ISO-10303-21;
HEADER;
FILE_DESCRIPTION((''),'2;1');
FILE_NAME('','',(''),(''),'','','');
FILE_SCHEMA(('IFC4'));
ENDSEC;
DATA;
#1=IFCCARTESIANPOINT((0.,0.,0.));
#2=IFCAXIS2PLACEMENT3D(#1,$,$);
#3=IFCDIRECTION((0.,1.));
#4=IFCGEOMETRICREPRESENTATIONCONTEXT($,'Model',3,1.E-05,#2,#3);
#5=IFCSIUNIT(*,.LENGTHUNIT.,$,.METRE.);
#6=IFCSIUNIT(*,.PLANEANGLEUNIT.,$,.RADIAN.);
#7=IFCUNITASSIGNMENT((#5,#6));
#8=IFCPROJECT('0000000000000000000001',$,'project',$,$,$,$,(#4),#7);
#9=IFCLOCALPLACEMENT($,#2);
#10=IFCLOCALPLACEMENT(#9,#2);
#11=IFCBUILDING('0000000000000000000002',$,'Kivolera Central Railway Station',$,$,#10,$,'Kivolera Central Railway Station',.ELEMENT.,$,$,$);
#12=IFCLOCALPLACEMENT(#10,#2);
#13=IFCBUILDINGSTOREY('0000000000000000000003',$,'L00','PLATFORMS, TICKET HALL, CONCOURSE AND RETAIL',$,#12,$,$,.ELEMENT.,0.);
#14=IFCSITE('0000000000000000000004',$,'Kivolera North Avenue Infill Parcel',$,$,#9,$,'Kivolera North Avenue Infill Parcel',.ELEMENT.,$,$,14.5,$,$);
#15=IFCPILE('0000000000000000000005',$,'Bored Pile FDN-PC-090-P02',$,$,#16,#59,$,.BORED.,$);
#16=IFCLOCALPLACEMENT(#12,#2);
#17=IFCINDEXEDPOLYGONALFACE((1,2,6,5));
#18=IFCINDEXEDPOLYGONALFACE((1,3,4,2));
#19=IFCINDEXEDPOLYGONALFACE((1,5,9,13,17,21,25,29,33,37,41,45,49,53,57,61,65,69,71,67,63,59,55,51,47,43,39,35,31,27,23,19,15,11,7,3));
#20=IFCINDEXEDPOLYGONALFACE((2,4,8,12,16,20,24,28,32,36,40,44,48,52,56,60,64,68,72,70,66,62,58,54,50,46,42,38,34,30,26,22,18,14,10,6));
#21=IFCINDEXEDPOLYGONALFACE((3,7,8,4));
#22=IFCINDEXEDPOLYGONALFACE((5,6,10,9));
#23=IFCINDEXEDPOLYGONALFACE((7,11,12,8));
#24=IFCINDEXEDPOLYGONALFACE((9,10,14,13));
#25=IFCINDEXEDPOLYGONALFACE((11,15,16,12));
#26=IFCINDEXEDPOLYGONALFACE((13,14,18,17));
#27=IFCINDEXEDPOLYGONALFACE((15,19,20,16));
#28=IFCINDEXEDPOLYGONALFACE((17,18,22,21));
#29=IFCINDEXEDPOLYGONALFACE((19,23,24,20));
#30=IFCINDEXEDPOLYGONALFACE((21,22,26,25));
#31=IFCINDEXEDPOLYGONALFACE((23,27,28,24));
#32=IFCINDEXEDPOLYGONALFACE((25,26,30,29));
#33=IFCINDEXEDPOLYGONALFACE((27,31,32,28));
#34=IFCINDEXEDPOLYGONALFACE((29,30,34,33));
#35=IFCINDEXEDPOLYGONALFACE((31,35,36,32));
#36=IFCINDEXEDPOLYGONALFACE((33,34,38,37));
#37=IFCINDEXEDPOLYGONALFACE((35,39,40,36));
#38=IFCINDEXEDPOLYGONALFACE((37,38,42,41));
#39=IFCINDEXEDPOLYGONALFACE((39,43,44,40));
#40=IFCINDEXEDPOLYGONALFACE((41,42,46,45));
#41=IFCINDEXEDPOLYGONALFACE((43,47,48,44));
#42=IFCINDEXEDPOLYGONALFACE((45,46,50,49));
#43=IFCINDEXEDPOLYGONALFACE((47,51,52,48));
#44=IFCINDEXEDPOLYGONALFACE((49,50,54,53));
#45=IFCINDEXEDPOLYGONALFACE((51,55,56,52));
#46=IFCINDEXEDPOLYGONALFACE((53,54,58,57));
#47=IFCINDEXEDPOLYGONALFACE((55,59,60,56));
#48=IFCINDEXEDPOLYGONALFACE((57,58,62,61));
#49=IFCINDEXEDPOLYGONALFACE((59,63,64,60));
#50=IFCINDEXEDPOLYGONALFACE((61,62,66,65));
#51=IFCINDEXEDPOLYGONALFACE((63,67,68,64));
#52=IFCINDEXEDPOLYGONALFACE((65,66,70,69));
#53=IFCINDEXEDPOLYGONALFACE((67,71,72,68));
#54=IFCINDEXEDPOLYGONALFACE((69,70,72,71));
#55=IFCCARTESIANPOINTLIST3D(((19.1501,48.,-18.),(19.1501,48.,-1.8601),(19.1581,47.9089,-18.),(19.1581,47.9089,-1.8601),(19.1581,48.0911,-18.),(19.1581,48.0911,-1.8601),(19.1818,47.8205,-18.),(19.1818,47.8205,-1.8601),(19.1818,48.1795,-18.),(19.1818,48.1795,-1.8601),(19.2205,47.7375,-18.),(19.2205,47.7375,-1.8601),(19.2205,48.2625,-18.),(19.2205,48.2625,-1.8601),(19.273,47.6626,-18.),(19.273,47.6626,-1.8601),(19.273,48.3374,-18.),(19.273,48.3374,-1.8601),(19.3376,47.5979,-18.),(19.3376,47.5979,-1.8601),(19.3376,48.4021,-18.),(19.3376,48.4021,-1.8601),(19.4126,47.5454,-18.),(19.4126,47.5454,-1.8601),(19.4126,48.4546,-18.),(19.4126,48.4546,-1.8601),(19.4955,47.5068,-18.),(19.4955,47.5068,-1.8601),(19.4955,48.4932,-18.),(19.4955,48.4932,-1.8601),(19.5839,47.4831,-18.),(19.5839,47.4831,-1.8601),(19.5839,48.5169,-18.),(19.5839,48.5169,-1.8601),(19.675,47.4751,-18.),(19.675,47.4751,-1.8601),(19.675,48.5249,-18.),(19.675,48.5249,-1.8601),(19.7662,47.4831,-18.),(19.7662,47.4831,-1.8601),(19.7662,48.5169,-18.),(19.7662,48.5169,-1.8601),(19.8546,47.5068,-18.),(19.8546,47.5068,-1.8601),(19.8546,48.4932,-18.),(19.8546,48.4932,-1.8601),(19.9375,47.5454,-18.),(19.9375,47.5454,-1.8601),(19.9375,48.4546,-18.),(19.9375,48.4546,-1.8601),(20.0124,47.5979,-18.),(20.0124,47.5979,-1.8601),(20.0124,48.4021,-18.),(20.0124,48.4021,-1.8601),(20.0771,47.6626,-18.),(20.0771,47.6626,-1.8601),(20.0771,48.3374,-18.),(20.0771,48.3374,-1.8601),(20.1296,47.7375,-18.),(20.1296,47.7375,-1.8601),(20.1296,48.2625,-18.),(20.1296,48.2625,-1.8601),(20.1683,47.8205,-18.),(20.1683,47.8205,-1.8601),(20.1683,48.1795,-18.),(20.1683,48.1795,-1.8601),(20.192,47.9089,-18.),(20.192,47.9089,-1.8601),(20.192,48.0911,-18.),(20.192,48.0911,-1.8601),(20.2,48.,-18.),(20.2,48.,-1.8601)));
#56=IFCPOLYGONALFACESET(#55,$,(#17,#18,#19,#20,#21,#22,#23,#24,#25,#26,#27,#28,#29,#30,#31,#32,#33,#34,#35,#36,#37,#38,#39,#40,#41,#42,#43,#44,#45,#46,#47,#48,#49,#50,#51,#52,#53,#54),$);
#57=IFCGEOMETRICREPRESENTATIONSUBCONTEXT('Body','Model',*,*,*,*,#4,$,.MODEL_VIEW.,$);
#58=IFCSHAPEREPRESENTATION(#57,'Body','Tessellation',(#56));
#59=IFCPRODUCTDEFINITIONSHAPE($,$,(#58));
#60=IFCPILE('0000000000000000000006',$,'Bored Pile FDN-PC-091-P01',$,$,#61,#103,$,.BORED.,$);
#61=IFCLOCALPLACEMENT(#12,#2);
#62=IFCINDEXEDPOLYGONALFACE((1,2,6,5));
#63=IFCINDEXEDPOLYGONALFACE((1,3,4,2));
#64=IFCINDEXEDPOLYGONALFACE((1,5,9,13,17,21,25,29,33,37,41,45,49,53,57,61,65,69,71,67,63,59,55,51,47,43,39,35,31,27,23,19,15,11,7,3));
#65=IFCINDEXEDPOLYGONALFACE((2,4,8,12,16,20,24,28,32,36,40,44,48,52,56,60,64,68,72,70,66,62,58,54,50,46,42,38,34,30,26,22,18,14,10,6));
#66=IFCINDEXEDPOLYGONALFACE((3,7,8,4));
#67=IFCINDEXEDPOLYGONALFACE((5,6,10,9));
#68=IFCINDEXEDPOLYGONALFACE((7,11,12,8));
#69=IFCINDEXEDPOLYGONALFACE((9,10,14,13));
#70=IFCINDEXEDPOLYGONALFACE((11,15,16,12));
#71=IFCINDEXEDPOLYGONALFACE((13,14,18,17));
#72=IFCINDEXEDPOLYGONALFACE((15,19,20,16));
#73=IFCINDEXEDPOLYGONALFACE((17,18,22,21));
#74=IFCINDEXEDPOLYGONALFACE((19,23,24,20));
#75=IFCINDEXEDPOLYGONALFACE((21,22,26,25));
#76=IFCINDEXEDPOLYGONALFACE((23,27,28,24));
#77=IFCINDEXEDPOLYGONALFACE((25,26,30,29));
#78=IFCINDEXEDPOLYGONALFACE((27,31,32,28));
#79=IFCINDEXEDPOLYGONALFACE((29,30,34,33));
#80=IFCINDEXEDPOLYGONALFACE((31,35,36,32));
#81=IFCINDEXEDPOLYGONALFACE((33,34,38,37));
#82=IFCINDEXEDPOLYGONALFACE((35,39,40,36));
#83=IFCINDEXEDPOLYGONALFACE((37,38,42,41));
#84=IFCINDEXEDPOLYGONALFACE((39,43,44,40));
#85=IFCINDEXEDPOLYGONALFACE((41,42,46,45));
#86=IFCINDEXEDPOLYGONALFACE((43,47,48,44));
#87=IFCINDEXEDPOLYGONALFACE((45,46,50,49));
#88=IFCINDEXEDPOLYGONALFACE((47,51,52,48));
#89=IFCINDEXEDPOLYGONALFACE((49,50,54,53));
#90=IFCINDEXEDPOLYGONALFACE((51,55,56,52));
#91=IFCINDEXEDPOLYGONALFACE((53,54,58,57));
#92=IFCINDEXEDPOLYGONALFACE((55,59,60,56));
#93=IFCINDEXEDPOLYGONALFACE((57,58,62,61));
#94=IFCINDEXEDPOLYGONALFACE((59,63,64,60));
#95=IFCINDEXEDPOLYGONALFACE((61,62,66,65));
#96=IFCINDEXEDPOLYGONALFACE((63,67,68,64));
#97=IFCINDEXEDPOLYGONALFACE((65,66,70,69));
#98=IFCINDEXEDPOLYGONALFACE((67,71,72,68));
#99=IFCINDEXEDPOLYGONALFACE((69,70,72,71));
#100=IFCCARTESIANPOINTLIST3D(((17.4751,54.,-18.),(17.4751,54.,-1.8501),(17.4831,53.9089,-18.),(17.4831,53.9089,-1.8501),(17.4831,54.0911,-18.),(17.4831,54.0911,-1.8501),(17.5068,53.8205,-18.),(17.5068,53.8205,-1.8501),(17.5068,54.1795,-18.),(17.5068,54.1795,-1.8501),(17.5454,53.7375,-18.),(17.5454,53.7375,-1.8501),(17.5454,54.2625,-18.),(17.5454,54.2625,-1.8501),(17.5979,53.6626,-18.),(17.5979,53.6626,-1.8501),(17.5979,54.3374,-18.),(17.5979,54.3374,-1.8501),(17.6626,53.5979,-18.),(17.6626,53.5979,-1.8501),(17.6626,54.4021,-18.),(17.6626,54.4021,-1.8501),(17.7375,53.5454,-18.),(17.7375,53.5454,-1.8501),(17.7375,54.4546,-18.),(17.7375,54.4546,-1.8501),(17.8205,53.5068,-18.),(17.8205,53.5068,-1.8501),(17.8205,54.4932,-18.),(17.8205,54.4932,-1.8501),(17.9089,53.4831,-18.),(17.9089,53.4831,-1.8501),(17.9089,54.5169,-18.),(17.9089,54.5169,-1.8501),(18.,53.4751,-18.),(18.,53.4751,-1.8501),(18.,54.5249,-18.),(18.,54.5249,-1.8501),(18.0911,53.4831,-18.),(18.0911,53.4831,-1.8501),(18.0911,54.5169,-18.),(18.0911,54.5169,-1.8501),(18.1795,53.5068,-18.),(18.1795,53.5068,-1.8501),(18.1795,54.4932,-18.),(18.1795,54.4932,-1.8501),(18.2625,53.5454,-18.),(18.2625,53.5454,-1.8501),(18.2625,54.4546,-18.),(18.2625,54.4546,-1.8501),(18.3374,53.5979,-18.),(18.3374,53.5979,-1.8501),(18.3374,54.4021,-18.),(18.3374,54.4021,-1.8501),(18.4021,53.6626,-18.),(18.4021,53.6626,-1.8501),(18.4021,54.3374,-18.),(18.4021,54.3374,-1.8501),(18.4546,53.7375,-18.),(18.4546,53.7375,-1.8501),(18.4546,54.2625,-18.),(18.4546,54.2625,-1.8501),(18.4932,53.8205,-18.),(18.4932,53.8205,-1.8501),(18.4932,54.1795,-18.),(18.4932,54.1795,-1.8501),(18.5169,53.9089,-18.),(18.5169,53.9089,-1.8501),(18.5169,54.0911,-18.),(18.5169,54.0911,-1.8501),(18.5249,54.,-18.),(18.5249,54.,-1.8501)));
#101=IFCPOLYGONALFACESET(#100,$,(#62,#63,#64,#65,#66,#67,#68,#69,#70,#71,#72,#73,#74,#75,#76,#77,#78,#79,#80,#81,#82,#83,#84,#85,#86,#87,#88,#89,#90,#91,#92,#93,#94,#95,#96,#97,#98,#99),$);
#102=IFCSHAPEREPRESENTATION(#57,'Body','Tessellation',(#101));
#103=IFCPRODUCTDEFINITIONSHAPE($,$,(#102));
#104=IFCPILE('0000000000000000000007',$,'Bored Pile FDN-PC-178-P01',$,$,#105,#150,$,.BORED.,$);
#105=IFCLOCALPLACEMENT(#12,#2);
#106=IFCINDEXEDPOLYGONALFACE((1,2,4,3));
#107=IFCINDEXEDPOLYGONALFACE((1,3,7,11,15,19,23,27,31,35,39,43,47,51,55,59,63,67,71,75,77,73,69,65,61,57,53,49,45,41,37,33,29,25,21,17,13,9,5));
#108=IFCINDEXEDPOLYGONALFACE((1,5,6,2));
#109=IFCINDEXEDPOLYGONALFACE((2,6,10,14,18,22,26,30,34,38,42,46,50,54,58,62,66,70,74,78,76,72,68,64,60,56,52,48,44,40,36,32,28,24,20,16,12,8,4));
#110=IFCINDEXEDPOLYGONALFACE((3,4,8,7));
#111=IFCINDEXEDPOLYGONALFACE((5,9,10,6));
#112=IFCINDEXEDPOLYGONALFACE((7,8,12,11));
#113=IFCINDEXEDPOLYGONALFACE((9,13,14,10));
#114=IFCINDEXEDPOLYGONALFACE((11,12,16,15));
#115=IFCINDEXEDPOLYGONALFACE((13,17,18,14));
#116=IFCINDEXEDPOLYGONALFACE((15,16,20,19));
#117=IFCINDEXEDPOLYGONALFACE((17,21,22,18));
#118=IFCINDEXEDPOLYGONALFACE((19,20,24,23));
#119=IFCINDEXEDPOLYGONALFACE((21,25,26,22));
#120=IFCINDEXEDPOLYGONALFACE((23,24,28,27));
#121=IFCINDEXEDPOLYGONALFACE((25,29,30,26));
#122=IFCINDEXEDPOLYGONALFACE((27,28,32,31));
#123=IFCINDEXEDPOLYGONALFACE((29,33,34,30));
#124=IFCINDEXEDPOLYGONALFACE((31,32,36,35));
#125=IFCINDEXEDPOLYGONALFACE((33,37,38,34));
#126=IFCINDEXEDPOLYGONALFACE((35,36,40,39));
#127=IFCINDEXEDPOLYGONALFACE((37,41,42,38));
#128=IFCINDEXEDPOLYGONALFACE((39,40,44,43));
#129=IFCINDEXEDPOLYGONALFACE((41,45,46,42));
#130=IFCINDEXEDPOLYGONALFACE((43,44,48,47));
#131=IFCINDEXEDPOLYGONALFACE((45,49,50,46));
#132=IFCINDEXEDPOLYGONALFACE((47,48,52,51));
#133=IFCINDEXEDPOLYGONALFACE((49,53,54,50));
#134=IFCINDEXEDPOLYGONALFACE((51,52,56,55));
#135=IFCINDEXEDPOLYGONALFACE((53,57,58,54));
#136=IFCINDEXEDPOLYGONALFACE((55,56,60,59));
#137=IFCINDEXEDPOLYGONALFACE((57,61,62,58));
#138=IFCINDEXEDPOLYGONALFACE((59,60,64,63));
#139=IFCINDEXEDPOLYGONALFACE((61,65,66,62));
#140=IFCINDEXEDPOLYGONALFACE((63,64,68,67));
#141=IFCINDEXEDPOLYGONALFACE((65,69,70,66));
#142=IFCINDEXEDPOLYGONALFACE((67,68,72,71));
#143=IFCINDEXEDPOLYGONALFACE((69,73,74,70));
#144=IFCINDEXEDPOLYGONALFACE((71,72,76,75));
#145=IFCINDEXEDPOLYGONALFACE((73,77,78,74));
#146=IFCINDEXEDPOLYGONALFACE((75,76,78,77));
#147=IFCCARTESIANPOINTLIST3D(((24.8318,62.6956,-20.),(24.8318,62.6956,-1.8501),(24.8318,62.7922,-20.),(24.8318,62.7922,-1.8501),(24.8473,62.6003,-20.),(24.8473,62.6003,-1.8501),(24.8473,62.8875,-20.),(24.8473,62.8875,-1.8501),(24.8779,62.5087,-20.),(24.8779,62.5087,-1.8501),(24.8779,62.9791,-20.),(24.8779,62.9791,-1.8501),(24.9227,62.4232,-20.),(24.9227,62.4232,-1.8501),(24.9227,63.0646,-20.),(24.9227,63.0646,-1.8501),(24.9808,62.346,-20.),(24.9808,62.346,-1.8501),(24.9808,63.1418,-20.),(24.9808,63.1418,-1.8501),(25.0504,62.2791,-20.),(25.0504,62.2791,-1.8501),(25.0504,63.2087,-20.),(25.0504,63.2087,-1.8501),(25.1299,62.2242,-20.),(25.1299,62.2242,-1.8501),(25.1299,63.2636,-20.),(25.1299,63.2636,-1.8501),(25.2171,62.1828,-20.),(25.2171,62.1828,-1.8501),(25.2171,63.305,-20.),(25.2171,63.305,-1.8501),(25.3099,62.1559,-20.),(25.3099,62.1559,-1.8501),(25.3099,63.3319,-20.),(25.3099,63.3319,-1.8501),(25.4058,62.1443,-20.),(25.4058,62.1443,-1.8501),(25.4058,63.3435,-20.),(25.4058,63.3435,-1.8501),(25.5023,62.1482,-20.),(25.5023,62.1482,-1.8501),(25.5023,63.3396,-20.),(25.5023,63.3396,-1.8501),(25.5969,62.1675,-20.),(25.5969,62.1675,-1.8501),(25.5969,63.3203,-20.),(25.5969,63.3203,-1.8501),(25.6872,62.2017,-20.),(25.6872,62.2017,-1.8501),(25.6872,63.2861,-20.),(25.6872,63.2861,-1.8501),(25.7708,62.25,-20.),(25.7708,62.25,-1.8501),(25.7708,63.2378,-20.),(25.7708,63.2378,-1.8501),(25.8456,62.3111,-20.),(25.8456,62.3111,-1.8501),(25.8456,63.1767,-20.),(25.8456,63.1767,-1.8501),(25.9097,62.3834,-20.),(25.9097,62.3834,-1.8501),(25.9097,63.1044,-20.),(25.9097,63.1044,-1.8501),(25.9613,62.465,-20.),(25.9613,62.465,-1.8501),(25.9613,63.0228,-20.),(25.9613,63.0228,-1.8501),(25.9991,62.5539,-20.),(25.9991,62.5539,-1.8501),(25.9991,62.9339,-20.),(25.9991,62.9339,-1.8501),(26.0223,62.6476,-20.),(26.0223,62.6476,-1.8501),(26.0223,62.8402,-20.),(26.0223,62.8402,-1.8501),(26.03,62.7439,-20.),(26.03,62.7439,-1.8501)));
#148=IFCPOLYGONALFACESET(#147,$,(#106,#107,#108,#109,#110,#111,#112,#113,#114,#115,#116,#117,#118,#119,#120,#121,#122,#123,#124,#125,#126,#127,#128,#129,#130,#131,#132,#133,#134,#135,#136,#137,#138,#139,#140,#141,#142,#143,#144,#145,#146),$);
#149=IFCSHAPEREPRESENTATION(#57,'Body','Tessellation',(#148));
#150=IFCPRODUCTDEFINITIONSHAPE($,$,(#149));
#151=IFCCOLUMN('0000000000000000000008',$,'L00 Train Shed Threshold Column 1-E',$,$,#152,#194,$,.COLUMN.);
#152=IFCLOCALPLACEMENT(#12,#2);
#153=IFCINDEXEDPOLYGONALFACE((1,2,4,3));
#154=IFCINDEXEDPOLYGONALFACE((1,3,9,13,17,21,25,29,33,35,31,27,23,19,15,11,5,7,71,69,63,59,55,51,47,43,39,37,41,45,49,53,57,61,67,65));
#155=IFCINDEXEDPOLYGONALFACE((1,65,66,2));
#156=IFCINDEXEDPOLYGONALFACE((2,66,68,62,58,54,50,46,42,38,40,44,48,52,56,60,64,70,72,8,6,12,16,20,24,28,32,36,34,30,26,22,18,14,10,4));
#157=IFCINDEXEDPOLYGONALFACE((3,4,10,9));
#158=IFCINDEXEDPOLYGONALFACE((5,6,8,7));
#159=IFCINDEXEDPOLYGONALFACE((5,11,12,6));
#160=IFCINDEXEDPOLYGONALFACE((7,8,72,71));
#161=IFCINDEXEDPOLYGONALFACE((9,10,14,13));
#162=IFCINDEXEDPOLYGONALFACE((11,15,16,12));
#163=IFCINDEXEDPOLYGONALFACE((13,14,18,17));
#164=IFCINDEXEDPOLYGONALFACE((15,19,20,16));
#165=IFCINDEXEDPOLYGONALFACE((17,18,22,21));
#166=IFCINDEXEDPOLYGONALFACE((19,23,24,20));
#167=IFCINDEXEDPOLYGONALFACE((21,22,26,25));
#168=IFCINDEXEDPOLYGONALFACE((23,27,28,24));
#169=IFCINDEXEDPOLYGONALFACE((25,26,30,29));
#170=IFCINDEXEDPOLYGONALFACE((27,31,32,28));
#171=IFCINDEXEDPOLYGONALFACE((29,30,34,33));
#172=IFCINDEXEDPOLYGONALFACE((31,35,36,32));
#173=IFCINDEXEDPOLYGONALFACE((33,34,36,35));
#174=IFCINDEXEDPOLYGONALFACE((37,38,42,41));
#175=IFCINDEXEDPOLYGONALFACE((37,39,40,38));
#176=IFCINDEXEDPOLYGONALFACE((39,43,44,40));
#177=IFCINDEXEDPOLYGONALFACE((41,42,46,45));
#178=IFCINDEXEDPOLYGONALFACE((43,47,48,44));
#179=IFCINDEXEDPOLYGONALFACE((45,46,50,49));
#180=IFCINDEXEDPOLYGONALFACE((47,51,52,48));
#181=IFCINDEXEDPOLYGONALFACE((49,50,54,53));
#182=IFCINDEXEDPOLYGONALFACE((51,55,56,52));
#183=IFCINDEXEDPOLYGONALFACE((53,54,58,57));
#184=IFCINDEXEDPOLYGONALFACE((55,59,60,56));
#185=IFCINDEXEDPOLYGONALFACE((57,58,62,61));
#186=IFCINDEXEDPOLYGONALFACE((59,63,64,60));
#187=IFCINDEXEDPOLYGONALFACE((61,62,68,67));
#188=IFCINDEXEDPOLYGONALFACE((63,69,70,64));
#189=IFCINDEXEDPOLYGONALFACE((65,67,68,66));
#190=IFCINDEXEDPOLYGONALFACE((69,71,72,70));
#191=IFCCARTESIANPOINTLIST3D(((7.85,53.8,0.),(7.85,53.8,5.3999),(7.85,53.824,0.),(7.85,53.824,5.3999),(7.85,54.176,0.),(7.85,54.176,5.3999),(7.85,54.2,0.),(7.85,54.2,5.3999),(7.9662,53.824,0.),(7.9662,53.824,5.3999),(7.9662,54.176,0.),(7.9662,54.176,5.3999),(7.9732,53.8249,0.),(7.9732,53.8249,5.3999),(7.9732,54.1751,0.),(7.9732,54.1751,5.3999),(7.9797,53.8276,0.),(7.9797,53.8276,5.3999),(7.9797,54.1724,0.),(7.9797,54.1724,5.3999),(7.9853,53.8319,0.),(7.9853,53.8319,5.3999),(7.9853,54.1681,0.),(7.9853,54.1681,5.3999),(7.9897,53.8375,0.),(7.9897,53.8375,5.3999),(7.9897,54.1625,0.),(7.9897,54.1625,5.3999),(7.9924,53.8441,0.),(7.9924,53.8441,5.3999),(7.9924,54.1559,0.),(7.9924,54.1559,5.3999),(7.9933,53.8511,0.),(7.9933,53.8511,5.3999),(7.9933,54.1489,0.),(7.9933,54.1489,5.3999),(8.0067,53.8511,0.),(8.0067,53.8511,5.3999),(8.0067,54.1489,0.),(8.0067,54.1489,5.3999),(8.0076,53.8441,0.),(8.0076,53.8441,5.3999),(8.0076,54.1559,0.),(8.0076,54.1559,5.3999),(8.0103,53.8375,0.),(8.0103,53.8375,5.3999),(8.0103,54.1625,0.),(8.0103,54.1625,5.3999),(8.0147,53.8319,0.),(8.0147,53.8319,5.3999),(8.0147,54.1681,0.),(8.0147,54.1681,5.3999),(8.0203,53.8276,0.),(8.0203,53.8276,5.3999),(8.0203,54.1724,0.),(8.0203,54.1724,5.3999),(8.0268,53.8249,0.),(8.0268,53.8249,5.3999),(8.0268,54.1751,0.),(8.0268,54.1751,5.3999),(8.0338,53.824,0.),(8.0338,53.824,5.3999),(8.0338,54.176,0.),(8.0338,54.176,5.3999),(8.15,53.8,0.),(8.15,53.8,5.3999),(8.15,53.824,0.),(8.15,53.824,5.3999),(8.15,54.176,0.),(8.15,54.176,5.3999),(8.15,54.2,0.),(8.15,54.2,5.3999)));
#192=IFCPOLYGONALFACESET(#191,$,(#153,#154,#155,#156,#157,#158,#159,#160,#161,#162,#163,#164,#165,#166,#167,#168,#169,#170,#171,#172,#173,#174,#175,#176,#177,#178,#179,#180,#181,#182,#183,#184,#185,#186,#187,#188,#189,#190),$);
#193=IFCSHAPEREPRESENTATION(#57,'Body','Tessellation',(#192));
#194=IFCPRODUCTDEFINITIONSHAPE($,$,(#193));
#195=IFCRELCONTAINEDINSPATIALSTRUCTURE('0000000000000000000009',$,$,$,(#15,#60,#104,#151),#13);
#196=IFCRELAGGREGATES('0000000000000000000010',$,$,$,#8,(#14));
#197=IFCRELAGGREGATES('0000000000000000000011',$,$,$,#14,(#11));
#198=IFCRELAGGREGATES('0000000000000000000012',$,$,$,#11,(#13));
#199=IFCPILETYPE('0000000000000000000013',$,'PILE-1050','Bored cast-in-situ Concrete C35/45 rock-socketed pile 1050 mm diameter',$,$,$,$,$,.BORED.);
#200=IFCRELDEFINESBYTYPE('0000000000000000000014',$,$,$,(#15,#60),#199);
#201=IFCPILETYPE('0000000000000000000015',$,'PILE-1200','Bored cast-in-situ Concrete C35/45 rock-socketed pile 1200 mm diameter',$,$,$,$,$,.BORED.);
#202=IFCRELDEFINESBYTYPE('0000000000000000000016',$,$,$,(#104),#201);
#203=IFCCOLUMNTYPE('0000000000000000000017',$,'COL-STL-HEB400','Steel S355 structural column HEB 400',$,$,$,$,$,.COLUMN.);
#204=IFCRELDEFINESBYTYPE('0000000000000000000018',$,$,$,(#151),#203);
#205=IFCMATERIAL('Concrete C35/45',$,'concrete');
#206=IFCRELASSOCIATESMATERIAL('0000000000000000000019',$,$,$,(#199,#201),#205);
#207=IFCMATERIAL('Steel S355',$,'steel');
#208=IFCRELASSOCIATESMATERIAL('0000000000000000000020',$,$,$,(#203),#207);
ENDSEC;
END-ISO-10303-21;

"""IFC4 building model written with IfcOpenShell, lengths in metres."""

from ifc_helpers import new_model, si_unit, direction, frame, origin, origin_2d, place, context, subcontext, project, spatial, circle, i_section, extrude, material, material_profile, profile_set, type_object, element, save


model = new_model("IFC4")

# Units and contexts
model_context = context("Model", 3, precision=1e-05, world=origin(), true_north=direction((0.0, 1.0)))
body_context = subcontext(model_context, "Body", "Model", "MODEL_VIEW")
ifc_project = project(units=[si_unit("LENGTHUNIT", "METRE"), si_unit("PLANEANGLEUNIT", "RADIAN")], contexts=[model_context])

# Site, building, storey
site_placement = place(None, origin())
site = spatial("IfcSite", under=ifc_project, at=site_placement, Name="Kivolera North Avenue Infill Parcel", LongName="Kivolera North Avenue Infill Parcel", CompositionType="ELEMENT", RefElevation=14.5)
building_placement = place(site_placement, origin())
building = spatial("IfcBuilding", under=site, at=building_placement, Name="Kivolera Central Railway Station", LongName="Kivolera Central Railway Station", CompositionType="ELEMENT")
storey_placement = place(building_placement, origin())
storey = spatial("IfcBuildingStorey", under=building, at=storey_placement, Name="L00", Description="PLATFORMS, TICKET HALL, CONCOURSE AND RETAIL", CompositionType="ELEMENT", Elevation=0.0)

# Shared definitions
ifc_material_1 = material(Name="Concrete C35/45", Category="concrete")

# Piles
ifc_material_profile_1 = material_profile(ifc_material_1, circle(Radius=0.5249, at=origin_2d()), Name="PILE D1050")
ifc_profile_set_1 = profile_set([ifc_material_profile_1], Name="Concrete C35/45")
pile_type_1 = type_object("IfcPileType", Name="PILE-1050", Description="Bored cast-in-situ Concrete C35/45 rock-socketed pile 1050 mm diameter", PredefinedType="BORED", material=ifc_profile_set_1)
pile_1_placement = place(storey_placement, frame((19.675, 48.0, -1.8601), z_axis=(0.0, 0.0, -1.0), x_axis=(1.0, 0.0, 0.0)))
element("IfcPile", 1, at=pile_1_placement, inside=storey, type_object=pile_type_1, Name="Bored Pile FDN-PC-090-P02", PredefinedType="BORED", context=body_context, shape_type="SweptSolid", body=[
    extrude(circle(Radius=0.5249, at=origin_2d()), origin(), (0.0, 0.0, 1.0), 16.1399),
])
pile_2_placement = place(storey_placement, frame((18.0, 54.0, -1.8501), z_axis=(0.0, 0.0, -1.0), x_axis=(1.0, 0.0, 0.0)))
element("IfcPile", 2, at=pile_2_placement, inside=storey, type_object=pile_type_1, Name="Bored Pile FDN-PC-091-P01", PredefinedType="BORED", context=body_context, shape_type="SweptSolid", body=[
    extrude(circle(Radius=0.5249, at=origin_2d()), origin(), (0.0, 0.0, 1.0), 16.1499),
])
ifc_material_profile_2 = material_profile(ifc_material_1, circle(Radius=0.6001, at=origin_2d()), Name="PILE D1200")
ifc_profile_set_2 = profile_set([ifc_material_profile_2], Name="Concrete C35/45")
pile_type_2 = type_object("IfcPileType", Name="PILE-1200", Description="Bored cast-in-situ Concrete C35/45 rock-socketed pile 1200 mm diameter", PredefinedType="BORED", material=ifc_profile_set_2)
pile_3_placement = place(storey_placement, frame((25.4299, 62.7439, -1.8501), z_axis=(0.0, 0.0, -1.0), x_axis=(1.0, 0.0, 0.0)))
element("IfcPile", 3, at=pile_3_placement, inside=storey, type_object=pile_type_2, Name="Bored Pile FDN-PC-178-P01", PredefinedType="BORED", context=body_context, shape_type="SweptSolid", body=[
    extrude(circle(Radius=0.6001, at=origin_2d()), origin(), (0.0, 0.0, 1.0), 18.1499),
])

# Column
ifc_material_2 = material(Name="Steel S355", Category="steel")
ifc_material_profile_3 = material_profile(ifc_material_2, i_section(OverallWidth=0.3, OverallDepth=0.3999, WebThickness=0.0134, FlangeThickness=0.0239, FilletRadius=0.0271, at=origin_2d()), Name="HEB 400")
ifc_profile_set_3 = profile_set([ifc_material_profile_3], Name="Steel S355")
column_type_1 = type_object("IfcColumnType", Name="COL-STL-HEB400", Description="Steel S355 structural column HEB 400", PredefinedType="COLUMN", material=ifc_profile_set_3)
for number, where, z_axis, x_axis, name in (
    (4, (8.0, 54.0, 0.0), (0.0, 0.0, 1.0), (1.0, 0.0, 0.0), "L00 Train Shed Threshold Column 1-E"),
):
    element("IfcColumn", number, at=place(storey_placement, frame(where, z_axis=z_axis, x_axis=x_axis)), inside=storey, type_object=column_type_1, Name=name, PredefinedType="COLUMN", context=body_context, shape_type="SweptSolid", body=[
        extrude(i_section(OverallWidth=0.3, OverallDepth=0.3999, WebThickness=0.0134, FlangeThickness=0.0239, FilletRadius=0.0271, at=origin_2d()), origin(), (0.0, 0.0, 1.0), 5.3999),
    ])

save(model, "model.ifc")
